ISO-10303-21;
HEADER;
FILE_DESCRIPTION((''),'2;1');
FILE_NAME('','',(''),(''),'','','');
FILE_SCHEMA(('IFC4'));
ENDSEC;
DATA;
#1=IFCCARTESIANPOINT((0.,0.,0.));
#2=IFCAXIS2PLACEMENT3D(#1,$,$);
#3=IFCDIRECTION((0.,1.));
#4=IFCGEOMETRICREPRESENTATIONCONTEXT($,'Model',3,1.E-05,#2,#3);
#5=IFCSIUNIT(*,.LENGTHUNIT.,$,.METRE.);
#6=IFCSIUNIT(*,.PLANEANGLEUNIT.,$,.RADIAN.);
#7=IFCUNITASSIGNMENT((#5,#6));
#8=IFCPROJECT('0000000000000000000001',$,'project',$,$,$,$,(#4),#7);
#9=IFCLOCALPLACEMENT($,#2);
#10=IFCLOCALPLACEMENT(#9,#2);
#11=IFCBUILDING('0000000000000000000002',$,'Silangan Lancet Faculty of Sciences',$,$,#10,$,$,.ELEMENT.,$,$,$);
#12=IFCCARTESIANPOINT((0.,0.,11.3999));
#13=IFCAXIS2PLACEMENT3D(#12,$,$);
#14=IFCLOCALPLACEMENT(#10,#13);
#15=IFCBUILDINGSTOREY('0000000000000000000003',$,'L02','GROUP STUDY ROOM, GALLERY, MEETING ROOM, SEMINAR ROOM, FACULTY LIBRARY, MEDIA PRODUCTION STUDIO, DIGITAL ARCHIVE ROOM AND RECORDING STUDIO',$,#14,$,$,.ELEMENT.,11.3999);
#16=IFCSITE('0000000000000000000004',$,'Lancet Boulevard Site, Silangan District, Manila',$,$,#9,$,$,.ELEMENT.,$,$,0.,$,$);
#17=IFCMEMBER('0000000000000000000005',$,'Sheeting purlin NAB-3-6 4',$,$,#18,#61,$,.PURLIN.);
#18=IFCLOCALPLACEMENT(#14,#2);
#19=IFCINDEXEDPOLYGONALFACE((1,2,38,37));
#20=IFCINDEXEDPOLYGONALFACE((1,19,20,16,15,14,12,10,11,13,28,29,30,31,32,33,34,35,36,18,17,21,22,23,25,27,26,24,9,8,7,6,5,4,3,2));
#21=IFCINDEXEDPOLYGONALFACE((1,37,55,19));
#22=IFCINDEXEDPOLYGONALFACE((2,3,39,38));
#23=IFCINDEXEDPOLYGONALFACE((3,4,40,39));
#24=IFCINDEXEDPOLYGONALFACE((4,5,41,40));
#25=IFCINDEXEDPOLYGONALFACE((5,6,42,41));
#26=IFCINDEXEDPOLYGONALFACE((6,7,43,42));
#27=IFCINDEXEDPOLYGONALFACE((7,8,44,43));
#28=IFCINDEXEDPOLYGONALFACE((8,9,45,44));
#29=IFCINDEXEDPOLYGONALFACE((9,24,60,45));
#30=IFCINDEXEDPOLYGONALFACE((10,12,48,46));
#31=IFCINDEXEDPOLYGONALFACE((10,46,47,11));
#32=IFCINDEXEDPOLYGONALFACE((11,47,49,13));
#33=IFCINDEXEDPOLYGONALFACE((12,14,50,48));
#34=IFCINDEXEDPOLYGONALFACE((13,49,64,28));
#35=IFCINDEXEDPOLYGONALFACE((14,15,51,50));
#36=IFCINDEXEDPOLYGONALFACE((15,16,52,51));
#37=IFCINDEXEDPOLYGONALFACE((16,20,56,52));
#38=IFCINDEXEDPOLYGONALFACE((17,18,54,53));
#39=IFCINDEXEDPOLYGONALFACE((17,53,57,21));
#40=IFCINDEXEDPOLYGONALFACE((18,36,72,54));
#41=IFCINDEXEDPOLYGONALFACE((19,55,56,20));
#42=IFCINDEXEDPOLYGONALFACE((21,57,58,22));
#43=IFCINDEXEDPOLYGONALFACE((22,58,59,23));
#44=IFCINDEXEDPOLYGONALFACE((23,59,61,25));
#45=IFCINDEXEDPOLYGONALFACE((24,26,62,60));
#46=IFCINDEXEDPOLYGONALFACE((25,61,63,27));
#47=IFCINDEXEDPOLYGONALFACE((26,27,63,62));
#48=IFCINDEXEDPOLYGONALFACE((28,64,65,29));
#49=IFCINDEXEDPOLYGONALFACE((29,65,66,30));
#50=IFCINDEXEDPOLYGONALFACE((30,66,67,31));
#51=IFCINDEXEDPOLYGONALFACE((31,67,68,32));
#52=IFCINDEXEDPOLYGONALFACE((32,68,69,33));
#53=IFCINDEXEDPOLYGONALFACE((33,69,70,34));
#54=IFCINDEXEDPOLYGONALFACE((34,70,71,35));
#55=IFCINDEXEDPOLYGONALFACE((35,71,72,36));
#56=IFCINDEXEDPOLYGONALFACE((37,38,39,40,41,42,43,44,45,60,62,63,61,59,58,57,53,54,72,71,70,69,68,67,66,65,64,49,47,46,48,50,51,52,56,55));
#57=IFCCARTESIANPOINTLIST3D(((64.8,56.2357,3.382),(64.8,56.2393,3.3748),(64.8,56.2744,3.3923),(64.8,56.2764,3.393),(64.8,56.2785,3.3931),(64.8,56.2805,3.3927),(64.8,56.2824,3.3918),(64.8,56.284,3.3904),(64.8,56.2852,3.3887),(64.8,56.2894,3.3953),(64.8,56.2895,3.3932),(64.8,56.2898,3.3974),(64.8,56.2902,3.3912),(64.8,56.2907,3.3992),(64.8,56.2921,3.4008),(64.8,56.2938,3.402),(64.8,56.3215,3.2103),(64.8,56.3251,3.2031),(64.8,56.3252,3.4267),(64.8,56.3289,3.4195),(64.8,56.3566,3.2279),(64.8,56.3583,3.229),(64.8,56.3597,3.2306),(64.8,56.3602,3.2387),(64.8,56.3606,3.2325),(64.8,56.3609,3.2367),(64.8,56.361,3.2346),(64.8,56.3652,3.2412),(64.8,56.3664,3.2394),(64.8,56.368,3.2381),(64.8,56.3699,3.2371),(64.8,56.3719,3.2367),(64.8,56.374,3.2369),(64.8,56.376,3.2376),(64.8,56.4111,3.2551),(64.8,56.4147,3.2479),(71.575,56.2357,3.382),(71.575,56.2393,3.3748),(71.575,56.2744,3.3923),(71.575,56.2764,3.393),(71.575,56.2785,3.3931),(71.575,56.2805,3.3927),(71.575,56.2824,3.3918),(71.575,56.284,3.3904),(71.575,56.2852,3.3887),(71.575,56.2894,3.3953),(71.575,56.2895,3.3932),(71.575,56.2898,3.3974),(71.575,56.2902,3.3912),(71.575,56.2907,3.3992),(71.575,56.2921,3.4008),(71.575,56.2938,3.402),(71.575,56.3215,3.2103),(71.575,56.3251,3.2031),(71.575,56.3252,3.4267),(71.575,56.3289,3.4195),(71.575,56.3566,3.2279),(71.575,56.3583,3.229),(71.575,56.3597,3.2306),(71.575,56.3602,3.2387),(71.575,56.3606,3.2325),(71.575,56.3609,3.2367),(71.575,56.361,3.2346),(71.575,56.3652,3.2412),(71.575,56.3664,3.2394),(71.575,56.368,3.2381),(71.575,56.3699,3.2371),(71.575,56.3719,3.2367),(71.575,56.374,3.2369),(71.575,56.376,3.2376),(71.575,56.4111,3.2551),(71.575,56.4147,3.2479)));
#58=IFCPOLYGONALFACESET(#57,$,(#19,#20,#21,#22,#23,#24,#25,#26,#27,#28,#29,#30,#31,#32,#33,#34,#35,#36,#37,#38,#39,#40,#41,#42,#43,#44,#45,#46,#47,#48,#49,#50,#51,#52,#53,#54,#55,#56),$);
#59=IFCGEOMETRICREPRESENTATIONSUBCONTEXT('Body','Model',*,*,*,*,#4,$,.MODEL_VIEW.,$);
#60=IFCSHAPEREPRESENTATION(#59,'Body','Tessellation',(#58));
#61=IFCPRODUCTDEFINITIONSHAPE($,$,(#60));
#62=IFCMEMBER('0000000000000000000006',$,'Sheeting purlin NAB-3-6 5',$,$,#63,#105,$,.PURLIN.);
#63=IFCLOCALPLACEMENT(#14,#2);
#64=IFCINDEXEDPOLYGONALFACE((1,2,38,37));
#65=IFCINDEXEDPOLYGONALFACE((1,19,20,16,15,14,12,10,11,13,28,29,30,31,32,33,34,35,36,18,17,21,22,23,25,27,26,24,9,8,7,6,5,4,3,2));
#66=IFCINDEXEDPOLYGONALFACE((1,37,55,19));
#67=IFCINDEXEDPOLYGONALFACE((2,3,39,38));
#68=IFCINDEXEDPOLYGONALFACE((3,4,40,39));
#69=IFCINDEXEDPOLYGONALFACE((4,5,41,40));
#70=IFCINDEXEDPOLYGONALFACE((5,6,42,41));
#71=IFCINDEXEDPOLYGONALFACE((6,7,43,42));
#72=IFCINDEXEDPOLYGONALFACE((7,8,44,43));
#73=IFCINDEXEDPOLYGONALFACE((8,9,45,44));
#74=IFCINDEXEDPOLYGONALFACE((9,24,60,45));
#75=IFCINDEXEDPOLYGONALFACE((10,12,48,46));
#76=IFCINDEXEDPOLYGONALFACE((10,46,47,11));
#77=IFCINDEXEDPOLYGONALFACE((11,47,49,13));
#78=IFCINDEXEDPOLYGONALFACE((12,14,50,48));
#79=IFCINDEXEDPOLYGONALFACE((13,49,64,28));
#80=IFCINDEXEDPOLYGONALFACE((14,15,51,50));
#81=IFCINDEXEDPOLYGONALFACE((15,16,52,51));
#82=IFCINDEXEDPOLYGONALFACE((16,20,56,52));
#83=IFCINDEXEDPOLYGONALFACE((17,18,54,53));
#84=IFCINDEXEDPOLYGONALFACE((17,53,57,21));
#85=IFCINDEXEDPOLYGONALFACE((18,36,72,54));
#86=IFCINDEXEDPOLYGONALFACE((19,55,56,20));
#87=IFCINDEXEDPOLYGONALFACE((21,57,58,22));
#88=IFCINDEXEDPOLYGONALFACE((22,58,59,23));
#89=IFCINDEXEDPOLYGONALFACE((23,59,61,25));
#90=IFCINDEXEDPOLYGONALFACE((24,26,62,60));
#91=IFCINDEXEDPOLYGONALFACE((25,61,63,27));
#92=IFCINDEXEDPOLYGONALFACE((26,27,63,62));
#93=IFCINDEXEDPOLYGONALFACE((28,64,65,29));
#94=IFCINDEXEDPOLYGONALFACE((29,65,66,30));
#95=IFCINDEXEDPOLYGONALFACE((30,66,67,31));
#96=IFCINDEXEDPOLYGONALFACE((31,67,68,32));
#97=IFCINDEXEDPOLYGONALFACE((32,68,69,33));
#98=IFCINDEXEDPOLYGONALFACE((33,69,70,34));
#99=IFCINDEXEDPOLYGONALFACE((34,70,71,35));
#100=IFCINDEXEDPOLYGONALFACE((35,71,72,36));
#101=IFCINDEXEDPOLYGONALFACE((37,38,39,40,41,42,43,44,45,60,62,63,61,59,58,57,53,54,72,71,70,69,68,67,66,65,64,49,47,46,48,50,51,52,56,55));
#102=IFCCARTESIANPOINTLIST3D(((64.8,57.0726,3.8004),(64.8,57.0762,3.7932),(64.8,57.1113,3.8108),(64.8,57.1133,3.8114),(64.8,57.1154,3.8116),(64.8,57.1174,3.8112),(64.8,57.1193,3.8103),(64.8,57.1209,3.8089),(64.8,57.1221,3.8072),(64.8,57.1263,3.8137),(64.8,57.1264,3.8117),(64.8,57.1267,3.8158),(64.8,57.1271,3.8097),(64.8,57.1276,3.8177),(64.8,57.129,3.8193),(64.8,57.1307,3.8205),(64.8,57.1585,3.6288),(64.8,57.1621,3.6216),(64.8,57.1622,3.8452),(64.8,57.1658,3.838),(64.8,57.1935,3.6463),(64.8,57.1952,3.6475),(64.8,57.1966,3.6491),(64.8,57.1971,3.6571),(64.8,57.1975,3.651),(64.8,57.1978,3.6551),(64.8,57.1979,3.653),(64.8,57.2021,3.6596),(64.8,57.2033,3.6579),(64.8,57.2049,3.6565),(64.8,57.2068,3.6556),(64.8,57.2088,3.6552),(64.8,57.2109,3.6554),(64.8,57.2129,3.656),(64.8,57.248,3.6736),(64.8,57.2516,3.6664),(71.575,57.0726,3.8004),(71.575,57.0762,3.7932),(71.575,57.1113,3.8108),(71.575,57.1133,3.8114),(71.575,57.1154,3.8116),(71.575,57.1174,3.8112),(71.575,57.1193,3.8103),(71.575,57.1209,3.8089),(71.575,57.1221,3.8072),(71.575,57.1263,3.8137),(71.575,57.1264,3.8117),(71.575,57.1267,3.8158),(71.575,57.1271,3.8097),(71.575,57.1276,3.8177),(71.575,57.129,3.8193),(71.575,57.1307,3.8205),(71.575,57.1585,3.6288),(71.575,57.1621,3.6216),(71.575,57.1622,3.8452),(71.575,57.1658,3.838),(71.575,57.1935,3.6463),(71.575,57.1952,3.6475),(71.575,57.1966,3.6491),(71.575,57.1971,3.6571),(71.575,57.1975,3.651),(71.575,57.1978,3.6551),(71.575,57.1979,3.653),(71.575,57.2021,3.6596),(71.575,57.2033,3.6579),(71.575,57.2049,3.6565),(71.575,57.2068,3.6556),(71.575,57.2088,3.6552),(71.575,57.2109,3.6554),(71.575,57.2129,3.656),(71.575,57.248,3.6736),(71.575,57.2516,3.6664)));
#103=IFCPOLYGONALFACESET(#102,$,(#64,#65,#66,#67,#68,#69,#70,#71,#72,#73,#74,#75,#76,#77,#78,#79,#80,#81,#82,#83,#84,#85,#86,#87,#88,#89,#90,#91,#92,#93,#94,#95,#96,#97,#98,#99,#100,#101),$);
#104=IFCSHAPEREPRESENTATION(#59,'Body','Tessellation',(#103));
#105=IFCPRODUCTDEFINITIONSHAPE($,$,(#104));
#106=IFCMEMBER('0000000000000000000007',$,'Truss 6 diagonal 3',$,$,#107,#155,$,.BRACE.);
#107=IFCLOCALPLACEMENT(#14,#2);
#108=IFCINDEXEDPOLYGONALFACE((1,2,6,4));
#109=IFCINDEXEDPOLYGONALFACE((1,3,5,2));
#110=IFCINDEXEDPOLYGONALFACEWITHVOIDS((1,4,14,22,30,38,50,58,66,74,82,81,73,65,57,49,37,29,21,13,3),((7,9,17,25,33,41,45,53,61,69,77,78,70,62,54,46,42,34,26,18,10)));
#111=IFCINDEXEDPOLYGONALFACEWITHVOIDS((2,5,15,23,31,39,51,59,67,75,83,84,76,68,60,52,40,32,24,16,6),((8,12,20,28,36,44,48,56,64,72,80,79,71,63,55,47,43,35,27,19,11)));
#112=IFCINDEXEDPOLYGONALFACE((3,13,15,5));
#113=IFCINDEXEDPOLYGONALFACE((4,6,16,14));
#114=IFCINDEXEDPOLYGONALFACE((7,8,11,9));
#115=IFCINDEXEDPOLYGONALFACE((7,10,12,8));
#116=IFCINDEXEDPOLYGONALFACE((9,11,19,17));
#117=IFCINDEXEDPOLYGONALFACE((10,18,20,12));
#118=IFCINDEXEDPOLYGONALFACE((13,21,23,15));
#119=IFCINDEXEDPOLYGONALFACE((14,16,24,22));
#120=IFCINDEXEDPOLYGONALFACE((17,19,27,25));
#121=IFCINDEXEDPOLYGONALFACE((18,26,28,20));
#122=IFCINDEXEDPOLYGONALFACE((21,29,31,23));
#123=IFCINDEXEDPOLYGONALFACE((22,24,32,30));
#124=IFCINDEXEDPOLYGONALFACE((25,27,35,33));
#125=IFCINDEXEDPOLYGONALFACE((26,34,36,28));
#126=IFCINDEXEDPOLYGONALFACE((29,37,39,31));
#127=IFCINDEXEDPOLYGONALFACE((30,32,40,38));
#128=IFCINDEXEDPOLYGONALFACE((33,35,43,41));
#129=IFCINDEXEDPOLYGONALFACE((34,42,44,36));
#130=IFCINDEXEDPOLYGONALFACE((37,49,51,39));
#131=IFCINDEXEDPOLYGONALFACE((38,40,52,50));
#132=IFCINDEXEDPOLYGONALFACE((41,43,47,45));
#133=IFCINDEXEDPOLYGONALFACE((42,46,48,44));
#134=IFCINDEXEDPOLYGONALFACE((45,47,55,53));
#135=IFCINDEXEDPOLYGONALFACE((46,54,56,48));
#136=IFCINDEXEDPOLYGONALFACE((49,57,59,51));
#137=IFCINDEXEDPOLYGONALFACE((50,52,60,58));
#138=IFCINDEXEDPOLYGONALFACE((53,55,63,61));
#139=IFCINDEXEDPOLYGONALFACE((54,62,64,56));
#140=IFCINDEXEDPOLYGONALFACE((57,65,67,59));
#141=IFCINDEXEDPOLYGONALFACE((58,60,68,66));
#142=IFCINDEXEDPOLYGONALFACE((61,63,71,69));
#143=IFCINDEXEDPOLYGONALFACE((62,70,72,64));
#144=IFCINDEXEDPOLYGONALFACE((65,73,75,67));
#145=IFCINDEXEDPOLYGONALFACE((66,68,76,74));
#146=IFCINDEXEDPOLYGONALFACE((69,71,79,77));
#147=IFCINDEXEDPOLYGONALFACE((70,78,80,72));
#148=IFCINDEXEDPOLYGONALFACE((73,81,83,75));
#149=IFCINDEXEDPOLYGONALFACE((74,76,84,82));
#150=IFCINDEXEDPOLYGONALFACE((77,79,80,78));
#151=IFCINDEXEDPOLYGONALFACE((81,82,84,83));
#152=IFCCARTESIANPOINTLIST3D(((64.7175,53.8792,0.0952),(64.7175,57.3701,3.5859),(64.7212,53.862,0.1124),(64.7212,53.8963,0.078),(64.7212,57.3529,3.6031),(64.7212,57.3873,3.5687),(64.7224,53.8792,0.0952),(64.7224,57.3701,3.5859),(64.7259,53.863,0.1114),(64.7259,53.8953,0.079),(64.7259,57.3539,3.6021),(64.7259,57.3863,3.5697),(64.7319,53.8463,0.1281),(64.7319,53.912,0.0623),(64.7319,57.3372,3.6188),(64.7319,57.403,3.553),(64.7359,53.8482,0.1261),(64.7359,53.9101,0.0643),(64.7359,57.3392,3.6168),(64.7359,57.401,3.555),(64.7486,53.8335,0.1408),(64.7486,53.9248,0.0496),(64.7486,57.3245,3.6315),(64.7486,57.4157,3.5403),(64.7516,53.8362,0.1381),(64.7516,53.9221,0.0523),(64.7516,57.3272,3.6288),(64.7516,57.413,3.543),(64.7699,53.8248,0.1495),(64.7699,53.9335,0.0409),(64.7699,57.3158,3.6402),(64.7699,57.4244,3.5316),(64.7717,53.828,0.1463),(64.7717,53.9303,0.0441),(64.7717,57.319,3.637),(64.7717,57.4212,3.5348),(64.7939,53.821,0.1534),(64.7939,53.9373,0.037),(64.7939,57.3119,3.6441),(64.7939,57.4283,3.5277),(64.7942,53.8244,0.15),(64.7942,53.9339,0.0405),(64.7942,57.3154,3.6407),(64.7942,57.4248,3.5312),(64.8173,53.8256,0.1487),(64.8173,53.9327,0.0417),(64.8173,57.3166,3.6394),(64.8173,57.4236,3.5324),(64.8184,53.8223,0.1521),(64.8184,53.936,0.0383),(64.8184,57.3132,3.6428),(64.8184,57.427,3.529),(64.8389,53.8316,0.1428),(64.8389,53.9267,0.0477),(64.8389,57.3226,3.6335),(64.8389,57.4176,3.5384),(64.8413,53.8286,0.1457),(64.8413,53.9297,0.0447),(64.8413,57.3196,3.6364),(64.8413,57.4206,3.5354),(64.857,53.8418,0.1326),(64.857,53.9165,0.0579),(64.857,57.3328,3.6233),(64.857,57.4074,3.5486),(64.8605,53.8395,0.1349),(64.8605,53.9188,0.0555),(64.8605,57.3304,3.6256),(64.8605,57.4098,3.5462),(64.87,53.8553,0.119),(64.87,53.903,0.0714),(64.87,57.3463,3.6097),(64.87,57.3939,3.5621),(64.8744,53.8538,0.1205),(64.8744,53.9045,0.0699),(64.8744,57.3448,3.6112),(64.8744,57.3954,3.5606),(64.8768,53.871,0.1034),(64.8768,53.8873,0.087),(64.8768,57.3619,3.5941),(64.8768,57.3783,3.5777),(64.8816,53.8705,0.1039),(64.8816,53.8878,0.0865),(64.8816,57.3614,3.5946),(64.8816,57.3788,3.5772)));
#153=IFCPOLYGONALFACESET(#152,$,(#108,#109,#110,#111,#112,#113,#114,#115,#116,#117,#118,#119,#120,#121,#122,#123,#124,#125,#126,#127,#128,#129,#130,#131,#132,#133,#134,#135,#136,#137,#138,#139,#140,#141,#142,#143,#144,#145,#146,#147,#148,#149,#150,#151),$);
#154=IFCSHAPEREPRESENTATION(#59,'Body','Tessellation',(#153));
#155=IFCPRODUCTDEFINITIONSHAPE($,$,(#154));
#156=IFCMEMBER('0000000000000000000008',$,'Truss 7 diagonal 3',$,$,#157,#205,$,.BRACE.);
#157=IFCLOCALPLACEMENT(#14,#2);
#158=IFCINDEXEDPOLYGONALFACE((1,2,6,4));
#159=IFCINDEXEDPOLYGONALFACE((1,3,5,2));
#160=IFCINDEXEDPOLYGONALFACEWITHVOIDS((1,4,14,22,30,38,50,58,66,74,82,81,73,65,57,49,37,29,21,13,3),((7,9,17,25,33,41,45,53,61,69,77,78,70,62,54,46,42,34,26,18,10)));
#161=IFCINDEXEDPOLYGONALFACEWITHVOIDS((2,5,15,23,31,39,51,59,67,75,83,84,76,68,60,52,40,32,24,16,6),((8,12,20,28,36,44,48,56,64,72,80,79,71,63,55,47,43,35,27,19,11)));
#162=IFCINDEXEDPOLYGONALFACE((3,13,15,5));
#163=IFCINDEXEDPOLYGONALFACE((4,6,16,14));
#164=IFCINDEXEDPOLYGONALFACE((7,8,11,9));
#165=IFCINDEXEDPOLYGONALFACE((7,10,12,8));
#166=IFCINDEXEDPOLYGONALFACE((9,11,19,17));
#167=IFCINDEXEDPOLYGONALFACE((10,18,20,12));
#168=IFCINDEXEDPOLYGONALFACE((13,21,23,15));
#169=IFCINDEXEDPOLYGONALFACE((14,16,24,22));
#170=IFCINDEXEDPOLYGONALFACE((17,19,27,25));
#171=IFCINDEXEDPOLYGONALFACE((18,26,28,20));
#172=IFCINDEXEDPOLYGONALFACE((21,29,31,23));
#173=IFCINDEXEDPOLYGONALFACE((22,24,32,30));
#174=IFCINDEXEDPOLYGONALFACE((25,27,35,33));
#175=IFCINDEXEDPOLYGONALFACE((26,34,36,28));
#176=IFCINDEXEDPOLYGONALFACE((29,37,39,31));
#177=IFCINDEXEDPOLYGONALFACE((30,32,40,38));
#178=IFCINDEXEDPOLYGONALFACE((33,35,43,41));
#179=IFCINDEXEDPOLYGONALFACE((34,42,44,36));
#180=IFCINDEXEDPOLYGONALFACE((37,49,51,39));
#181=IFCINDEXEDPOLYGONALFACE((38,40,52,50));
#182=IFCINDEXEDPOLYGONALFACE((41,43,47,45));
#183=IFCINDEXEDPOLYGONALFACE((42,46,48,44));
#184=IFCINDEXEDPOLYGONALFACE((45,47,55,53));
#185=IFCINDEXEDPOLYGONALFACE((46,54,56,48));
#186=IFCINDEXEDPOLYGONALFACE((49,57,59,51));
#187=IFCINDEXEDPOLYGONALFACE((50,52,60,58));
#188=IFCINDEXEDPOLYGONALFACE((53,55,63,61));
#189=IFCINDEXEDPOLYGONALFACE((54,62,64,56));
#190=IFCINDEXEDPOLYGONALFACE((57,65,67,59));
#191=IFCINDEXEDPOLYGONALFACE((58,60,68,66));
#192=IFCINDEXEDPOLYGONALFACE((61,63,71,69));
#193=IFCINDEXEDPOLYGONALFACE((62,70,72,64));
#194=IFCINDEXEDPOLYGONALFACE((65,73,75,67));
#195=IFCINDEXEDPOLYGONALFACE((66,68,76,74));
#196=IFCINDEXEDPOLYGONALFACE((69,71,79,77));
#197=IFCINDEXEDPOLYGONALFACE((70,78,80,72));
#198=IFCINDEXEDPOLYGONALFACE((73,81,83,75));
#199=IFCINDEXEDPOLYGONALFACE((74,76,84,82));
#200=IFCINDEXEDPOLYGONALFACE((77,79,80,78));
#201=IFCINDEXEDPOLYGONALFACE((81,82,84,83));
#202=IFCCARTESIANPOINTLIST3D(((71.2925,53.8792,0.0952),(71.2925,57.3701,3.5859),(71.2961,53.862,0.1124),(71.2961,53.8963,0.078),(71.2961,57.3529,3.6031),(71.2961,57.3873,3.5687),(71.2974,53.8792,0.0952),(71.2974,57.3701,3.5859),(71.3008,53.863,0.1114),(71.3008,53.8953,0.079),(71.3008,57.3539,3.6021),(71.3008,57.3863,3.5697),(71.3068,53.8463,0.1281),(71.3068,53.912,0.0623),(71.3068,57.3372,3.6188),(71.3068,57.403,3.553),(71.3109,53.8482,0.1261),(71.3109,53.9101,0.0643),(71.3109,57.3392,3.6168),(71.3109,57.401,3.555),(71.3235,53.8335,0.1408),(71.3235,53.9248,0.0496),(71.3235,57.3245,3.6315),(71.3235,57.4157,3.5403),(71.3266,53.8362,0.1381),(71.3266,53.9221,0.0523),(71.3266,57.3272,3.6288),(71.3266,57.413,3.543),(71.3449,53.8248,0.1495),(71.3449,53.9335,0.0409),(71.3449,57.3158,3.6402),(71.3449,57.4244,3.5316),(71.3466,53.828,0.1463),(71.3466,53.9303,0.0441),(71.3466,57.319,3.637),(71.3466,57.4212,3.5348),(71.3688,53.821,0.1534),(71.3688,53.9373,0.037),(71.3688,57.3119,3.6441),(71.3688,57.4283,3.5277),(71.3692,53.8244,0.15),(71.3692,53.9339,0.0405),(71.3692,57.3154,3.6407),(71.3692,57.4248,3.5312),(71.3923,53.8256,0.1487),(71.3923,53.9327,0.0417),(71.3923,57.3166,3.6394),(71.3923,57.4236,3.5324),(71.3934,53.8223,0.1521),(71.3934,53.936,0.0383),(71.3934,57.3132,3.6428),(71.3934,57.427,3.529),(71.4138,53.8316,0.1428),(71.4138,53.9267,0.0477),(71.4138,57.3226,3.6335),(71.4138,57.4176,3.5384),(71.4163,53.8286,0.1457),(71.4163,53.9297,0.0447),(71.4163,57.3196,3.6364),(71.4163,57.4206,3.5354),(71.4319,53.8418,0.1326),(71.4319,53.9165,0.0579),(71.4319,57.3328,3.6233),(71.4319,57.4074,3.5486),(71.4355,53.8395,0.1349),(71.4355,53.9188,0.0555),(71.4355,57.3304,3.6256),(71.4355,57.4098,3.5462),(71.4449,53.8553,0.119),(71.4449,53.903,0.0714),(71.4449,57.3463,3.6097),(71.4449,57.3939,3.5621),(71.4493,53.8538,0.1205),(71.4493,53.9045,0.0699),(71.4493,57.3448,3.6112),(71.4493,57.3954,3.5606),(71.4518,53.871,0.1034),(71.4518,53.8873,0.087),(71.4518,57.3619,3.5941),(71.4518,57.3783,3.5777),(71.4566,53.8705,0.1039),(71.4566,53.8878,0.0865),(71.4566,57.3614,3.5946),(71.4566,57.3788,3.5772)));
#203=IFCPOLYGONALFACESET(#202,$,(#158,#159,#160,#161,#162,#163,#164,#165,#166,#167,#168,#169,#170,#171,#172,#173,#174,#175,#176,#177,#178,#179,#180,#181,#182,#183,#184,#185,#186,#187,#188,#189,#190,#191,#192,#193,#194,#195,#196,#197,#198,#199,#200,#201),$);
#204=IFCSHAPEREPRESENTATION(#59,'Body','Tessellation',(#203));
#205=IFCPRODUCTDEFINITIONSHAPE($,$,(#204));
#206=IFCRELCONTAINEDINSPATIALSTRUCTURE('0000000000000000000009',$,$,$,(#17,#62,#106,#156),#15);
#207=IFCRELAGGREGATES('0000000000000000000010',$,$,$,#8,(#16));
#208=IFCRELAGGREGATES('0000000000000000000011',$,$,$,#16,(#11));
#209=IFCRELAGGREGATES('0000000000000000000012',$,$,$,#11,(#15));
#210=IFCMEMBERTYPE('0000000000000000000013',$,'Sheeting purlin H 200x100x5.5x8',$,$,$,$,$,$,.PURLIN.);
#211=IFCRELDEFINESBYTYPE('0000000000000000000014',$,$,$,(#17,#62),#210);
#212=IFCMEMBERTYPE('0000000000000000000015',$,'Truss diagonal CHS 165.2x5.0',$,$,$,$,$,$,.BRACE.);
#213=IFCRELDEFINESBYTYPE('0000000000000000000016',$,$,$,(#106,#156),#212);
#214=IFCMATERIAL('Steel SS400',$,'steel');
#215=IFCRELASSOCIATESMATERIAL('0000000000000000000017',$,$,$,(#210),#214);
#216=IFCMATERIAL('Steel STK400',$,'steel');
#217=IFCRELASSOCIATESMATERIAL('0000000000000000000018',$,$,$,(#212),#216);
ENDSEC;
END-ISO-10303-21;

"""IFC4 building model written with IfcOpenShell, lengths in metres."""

from ifc_helpers import new_model, si_unit, direction, frame, origin, origin_2d, place, context, subcontext, project, spatial, hollow_circle, i_section, extrude, material, material_profile, profile_set, type_object, element, save


model = new_model("IFC4")

# Units and contexts
model_context = context("Model", 3, precision=1e-05, world=origin(), true_north=direction((0.0, 1.0)))
body_context = subcontext(model_context, "Body", "Model", "MODEL_VIEW")
ifc_project = project(units=[si_unit("LENGTHUNIT", "METRE"), si_unit("PLANEANGLEUNIT", "RADIAN")], contexts=[model_context])

# Site, building, storey
site_placement = place(None, origin())
site = spatial("IfcSite", under=ifc_project, at=site_placement, Name="Lancet Boulevard Site, Silangan District, Manila", CompositionType="ELEMENT", RefElevation=0.0)
building_placement = place(site_placement, origin())
building = spatial("IfcBuilding", under=site, at=building_placement, Name="Silangan Lancet Faculty of Sciences", CompositionType="ELEMENT")
storey_placement = place(building_placement, frame((0.0, 0.0, 11.3999)))
storey = spatial("IfcBuildingStorey", under=building, at=storey_placement, Name="L02", Description="GROUP STUDY ROOM, GALLERY, MEETING ROOM, SEMINAR ROOM, FACULTY LIBRARY, MEDIA PRODUCTION STUDIO, DIGITAL ARCHIVE ROOM AND RECORDING STUDIO", CompositionType="ELEMENT", Elevation=11.3999)

# Members
ifc_material_1 = material(Name="Steel SS400", Category="steel")
ifc_material_profile_1 = material_profile(ifc_material_1, i_section(OverallWidth=0.1001, OverallDepth=0.2, WebThickness=0.0056, FlangeThickness=0.0081, FilletRadius=0.0081, at=origin_2d()), Name="H 200x100x5.5x8")
ifc_profile_set_1 = profile_set([ifc_material_profile_1], Name="Steel SS400")
member_type_1 = type_object("IfcMemberType", Name="Sheeting purlin H 200x100x5.5x8", PredefinedType="PURLIN", material=ifc_profile_set_1)
for number, where, z_axis, x_axis, name in (
    (1, (64.8, 56.3252, 3.3149), (1.0, 0.0, 0.0), (0.0, 0.894427, 0.447214), "Sheeting purlin NAB-3-6 4"),
    (2, (64.8, 57.1621, 3.7334), (1.0, 0.0, 0.0), (0.0, 0.894427, 0.447214), "Sheeting purlin NAB-3-6 5"),
):
    element("IfcMember", number, at=place(storey_placement, frame(where, z_axis=z_axis, x_axis=x_axis)), inside=storey, type_object=member_type_1, Name=name, PredefinedType="PURLIN", context=body_context, shape_type="SweptSolid", body=[
        extrude(i_section(OverallWidth=0.1001, OverallDepth=0.2, WebThickness=0.0056, FlangeThickness=0.0081, FilletRadius=0.0081, at=origin_2d()), origin(), (0.0, 0.0, 1.0), 6.7749),
    ])
ifc_material_2 = material(Name="Steel STK400", Category="steel")
ifc_material_profile_2 = material_profile(ifc_material_2, hollow_circle(Radius=0.0825, WallThickness=0.0049, at=origin_2d()), Name="CHS 165.2x5.0")
ifc_profile_set_2 = profile_set([ifc_material_profile_2], Name="Steel STK400")
member_type_2 = type_object("IfcMemberType", Name="Truss diagonal CHS 165.2x5.0", PredefinedType="BRACE", material=ifc_profile_set_2)
for number, where, z_axis, x_axis, name in (
    (3, (64.8, 53.8792, 0.0952), (0.0, 0.707132, 0.707082), (-1.0, 0.0, 0.0), "Truss 6 diagonal 3"),
    (4, (71.375, 53.8792, 0.0952), (0.0, 0.707132, 0.707082), (-1.0, 0.0, 0.0), "Truss 7 diagonal 3"),
):
    element("IfcMember", number, at=place(storey_placement, frame(where, z_axis=z_axis, x_axis=x_axis)), inside=storey, type_object=member_type_2, Name=name, PredefinedType="BRACE", context=body_context, shape_type="SweptSolid", body=[
        extrude(hollow_circle(Radius=0.0825, WallThickness=0.0049, at=origin_2d()), origin(), (0.0, 0.0, 1.0), 4.9368),
    ])

save(model, "model.ifc")
